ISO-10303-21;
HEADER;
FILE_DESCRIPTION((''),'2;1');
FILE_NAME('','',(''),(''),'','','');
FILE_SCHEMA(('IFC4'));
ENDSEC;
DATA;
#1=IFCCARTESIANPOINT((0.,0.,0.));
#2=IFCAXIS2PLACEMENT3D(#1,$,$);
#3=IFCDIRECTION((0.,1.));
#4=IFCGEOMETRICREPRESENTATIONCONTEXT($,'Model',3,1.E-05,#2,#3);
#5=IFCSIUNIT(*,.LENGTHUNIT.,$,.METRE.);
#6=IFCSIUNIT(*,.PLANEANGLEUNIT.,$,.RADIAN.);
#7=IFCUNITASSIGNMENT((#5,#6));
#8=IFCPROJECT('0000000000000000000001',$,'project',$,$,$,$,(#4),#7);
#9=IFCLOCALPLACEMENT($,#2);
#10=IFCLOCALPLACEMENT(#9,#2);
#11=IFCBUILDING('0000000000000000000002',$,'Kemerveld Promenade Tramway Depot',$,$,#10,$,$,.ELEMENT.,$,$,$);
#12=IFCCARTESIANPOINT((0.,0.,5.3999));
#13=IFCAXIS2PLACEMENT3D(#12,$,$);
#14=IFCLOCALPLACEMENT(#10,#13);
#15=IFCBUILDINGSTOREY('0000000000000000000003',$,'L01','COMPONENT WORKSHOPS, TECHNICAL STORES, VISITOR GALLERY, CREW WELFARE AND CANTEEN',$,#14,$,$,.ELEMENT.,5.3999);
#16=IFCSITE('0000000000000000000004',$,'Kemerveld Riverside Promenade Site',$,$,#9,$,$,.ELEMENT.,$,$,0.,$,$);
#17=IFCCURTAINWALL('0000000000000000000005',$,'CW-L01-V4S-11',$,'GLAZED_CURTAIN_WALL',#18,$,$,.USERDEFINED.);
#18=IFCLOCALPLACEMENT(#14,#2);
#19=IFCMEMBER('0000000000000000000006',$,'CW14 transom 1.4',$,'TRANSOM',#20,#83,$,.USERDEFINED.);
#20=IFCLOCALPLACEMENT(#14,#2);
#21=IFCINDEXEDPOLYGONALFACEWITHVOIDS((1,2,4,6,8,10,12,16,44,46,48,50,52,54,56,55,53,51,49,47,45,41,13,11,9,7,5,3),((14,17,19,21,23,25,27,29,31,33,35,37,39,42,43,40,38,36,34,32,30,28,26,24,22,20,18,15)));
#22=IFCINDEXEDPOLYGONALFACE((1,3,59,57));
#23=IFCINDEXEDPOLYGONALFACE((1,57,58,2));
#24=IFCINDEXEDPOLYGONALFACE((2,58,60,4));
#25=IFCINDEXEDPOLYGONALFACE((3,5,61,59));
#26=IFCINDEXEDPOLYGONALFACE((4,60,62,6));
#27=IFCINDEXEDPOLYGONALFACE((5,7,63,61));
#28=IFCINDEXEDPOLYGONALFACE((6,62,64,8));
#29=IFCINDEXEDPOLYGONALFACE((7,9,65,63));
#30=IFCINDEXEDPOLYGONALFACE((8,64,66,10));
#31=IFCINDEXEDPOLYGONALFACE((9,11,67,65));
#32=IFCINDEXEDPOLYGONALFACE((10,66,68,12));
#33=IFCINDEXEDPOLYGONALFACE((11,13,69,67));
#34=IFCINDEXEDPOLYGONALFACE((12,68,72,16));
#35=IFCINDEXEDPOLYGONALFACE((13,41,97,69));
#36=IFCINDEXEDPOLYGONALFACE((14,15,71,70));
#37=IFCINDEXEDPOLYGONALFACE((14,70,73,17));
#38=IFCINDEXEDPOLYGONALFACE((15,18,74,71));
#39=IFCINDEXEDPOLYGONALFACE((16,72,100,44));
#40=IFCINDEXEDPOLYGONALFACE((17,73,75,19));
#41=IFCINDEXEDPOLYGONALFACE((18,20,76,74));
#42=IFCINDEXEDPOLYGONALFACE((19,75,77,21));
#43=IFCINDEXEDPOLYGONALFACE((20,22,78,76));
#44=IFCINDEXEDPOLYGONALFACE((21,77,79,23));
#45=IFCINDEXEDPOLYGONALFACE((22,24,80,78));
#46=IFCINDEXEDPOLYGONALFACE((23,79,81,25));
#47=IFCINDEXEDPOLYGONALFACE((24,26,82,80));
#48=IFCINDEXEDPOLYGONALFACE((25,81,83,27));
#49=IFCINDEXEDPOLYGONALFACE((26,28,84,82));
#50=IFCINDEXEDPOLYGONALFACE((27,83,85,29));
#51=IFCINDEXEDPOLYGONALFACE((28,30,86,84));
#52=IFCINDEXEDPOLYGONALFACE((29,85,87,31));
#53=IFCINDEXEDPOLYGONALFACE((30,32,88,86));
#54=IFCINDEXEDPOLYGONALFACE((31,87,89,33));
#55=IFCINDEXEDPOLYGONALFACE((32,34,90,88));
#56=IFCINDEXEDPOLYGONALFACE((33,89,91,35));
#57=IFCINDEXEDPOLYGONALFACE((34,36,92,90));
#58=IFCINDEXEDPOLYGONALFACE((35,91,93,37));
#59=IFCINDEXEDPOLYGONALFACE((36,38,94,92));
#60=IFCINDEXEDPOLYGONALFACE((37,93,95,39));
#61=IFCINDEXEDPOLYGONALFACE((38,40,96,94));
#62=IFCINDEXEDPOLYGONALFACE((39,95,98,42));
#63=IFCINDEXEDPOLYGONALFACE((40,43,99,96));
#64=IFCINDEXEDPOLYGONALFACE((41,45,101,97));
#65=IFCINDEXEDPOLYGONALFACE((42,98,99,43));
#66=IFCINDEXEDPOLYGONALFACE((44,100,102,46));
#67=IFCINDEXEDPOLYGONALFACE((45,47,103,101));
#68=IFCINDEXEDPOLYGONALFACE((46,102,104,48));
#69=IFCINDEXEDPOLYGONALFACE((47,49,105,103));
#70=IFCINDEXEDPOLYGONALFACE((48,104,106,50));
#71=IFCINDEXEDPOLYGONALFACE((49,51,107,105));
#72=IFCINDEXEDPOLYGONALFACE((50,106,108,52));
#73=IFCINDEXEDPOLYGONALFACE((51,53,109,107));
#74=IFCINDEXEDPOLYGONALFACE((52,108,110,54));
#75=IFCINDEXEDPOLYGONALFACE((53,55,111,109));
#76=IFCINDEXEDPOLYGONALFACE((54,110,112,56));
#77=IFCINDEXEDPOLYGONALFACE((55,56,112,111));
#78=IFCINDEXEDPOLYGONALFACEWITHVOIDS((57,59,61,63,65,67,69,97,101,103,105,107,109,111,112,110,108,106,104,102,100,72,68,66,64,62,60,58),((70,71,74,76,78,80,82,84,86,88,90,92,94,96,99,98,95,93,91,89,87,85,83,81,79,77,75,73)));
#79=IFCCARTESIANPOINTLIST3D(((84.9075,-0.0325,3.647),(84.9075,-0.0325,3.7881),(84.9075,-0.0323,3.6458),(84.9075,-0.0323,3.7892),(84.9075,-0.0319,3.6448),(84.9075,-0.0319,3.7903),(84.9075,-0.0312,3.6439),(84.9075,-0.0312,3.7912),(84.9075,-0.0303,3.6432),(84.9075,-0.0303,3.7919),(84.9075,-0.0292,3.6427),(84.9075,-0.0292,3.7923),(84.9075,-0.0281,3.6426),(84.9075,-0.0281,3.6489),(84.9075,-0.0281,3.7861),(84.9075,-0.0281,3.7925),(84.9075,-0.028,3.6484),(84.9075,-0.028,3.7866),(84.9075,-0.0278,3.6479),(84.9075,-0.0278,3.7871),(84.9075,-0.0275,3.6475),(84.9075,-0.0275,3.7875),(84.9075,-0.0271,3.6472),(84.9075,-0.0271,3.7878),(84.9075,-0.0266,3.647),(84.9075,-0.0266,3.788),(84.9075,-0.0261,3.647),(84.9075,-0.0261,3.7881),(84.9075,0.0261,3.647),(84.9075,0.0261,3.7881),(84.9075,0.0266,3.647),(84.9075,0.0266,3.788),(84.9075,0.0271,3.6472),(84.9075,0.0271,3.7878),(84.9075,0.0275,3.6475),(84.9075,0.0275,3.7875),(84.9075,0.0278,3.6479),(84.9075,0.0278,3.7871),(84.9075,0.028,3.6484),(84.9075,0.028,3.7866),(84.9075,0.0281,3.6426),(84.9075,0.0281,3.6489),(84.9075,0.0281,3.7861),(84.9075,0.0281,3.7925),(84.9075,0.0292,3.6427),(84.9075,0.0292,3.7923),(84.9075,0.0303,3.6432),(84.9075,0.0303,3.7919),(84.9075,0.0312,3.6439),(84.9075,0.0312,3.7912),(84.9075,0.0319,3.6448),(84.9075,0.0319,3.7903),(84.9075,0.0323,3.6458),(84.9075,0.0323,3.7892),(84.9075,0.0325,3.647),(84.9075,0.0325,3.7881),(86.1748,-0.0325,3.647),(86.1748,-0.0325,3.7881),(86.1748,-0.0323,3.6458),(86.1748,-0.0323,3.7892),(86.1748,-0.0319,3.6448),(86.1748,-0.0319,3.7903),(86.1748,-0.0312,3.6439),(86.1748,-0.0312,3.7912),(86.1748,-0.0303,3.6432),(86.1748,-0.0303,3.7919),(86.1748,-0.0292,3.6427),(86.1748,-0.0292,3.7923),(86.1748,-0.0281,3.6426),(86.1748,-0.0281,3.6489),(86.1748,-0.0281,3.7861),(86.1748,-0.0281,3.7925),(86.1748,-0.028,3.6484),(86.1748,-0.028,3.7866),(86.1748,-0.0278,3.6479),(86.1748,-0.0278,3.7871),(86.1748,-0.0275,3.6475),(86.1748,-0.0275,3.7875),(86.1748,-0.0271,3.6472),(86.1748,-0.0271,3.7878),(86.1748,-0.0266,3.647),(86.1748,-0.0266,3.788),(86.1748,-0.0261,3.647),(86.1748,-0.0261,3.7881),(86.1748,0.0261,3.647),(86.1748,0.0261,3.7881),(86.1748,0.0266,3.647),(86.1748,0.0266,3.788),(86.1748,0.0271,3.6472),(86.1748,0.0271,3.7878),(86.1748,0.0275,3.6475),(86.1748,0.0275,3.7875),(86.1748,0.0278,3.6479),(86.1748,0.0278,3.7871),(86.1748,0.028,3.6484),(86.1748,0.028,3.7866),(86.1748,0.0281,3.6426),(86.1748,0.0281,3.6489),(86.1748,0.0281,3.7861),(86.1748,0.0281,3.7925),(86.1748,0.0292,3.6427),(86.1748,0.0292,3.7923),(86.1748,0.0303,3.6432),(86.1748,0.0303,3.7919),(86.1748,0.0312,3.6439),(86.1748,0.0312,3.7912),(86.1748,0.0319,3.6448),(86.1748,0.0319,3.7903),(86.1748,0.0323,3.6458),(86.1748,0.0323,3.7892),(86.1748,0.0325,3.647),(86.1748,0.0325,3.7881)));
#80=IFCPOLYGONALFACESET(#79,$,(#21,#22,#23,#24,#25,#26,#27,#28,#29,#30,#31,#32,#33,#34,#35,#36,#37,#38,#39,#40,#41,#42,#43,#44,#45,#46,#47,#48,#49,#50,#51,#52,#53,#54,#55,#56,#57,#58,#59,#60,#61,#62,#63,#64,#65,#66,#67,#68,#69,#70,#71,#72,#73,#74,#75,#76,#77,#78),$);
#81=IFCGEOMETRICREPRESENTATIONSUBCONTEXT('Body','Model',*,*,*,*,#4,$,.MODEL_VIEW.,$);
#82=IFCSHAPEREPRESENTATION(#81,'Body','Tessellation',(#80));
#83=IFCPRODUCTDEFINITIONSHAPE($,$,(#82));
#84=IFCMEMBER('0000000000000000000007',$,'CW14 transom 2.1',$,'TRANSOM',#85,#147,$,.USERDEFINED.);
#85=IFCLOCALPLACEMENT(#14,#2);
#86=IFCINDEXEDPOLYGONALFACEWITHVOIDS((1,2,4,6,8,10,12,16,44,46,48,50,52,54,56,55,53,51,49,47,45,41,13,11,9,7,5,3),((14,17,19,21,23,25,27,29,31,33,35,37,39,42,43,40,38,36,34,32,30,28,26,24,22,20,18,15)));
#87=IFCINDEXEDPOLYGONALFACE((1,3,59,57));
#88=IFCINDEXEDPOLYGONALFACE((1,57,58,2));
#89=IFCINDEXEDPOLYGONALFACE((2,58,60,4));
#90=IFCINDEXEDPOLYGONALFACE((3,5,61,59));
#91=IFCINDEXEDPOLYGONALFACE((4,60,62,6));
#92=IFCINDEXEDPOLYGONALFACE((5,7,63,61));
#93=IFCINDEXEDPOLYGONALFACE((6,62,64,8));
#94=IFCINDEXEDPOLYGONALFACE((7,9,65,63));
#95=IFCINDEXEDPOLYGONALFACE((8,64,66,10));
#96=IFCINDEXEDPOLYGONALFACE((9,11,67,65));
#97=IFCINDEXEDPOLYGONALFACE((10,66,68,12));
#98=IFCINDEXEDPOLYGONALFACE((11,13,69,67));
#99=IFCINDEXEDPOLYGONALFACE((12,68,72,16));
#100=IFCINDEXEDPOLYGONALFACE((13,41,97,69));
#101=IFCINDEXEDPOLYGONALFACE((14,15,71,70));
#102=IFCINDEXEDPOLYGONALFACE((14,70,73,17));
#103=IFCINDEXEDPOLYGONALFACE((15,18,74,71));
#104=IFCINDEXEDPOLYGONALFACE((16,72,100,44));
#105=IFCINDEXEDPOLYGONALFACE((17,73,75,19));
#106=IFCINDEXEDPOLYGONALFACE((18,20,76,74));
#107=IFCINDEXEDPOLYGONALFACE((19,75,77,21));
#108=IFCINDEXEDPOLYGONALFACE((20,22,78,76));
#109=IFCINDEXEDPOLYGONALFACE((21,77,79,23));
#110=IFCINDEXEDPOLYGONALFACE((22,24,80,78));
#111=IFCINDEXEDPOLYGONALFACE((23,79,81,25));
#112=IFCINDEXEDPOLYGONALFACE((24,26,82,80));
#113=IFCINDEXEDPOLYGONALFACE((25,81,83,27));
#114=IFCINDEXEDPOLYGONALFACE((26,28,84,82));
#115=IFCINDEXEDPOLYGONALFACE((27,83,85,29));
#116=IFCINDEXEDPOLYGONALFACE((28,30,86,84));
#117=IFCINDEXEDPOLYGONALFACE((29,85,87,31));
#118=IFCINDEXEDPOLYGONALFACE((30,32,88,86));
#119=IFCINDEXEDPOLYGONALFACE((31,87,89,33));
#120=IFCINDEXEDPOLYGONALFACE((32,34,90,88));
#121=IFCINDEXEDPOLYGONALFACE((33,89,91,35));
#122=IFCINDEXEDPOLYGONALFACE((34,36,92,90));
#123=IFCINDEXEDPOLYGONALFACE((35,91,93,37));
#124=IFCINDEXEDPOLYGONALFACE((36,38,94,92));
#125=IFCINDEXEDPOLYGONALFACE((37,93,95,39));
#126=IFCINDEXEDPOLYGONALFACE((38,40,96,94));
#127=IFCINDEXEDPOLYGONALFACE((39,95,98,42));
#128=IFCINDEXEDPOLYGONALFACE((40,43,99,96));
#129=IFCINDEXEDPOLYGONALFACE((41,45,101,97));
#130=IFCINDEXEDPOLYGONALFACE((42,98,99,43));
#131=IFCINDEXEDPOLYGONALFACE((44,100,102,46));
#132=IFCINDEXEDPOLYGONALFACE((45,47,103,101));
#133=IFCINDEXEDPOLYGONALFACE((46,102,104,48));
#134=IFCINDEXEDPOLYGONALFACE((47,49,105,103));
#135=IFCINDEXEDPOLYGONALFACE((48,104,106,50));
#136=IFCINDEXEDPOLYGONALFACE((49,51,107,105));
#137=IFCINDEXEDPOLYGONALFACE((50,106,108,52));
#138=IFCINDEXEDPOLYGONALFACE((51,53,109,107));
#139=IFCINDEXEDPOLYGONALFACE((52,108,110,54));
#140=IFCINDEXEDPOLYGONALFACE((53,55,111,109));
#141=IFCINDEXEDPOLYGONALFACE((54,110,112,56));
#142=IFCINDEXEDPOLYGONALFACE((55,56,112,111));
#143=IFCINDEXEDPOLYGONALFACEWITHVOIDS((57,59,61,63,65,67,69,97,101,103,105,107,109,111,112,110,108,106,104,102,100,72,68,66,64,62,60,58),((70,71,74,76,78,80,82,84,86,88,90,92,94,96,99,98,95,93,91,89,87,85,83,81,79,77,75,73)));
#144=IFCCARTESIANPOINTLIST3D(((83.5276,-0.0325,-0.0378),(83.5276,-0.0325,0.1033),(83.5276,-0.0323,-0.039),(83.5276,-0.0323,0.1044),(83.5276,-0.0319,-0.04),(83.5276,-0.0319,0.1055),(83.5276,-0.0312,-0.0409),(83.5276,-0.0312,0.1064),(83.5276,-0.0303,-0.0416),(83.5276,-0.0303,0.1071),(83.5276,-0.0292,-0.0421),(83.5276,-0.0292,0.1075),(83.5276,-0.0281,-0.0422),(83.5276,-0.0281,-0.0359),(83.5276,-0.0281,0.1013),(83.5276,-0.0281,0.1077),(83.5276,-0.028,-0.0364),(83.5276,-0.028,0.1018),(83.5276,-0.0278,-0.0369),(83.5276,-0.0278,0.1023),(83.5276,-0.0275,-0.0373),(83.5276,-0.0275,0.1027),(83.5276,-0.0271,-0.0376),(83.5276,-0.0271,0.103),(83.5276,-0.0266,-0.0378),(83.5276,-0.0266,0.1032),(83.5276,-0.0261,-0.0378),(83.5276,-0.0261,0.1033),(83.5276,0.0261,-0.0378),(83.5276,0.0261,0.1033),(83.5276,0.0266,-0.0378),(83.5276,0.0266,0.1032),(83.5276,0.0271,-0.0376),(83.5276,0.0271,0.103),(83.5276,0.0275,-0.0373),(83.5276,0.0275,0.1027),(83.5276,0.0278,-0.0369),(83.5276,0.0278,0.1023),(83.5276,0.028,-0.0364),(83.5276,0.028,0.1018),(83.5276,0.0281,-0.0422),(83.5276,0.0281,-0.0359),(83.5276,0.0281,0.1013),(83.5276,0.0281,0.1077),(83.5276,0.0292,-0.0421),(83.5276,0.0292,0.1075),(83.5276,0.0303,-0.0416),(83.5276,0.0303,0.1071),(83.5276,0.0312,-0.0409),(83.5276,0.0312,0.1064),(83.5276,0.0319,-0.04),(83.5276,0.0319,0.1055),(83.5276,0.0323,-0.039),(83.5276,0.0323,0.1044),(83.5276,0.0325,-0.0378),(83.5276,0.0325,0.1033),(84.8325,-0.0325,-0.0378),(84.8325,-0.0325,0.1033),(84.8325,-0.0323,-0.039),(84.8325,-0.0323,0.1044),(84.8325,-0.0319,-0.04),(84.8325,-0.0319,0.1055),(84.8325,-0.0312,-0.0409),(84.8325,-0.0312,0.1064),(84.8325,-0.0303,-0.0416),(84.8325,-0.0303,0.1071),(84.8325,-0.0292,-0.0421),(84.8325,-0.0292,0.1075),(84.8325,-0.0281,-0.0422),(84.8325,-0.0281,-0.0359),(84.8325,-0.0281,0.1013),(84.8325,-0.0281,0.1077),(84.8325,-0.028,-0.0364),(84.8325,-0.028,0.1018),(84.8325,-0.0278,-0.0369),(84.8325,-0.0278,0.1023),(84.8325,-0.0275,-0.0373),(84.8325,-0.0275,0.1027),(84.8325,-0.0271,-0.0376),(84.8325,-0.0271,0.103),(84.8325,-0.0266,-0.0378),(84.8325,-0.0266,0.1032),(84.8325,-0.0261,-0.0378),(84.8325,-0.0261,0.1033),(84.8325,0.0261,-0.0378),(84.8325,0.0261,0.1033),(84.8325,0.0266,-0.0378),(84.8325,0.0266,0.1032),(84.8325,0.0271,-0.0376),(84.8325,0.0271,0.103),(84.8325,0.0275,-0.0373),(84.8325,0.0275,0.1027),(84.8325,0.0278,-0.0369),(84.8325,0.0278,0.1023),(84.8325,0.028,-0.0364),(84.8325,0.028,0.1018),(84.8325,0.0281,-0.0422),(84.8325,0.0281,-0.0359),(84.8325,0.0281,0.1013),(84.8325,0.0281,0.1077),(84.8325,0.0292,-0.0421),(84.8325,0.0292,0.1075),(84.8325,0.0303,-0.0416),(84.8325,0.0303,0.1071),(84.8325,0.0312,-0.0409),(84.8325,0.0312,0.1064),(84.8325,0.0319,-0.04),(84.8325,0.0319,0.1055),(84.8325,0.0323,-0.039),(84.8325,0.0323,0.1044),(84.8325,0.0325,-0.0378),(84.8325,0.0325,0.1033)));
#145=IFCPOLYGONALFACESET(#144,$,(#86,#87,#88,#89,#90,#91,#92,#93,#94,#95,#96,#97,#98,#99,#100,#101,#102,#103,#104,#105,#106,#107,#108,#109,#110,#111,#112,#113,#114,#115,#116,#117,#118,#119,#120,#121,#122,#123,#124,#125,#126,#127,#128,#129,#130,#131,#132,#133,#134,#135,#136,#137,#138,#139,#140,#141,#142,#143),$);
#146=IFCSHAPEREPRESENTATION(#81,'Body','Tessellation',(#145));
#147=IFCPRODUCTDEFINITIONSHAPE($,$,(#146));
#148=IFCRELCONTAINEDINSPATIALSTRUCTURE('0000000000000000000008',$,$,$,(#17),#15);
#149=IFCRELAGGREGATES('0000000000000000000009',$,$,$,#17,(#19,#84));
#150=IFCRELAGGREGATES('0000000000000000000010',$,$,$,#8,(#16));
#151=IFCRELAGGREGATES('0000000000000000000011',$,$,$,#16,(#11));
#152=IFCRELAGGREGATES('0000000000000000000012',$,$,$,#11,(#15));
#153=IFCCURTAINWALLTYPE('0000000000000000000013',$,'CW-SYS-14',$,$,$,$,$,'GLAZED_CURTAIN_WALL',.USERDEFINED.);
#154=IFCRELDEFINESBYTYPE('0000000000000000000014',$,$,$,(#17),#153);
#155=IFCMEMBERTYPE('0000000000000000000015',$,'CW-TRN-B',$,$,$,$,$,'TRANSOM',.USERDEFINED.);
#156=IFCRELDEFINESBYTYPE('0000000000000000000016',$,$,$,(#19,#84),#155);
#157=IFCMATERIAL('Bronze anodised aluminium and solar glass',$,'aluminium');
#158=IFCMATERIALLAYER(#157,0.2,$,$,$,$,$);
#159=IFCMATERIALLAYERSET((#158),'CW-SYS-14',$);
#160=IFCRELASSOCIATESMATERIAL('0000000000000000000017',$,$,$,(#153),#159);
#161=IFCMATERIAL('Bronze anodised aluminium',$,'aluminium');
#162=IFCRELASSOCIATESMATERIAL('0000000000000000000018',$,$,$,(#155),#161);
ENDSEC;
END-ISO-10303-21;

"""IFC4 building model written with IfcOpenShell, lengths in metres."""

from ifc_helpers import new_model, si_unit, direction, frame, origin, origin_2d, place, context, subcontext, project, spatial, hollow_rectangle, extrude, material, layer, layer_set, material_profile, profile_set, type_object, element, aggregate, save


model = new_model("IFC4")

# Units and contexts
model_context = context("Model", 3, precision=1e-05, world=origin(), true_north=direction((0.0, 1.0)))
body_context = subcontext(model_context, "Body", "Model", "MODEL_VIEW")
ifc_project = project(units=[si_unit("LENGTHUNIT", "METRE"), si_unit("PLANEANGLEUNIT", "RADIAN")], contexts=[model_context])

# Site, building, storey
site_placement = place(None, origin())
site = spatial("IfcSite", under=ifc_project, at=site_placement, Name="Kemerveld Riverside Promenade Site", CompositionType="ELEMENT", RefElevation=0.0)
building_placement = place(site_placement, origin())
building = spatial("IfcBuilding", under=site, at=building_placement, Name="Kemerveld Promenade Tramway Depot", CompositionType="ELEMENT")
storey_placement = place(building_placement, frame((0.0, 0.0, 5.3999)))
storey = spatial("IfcBuildingStorey", under=building, at=storey_placement, Name="L01", Description="COMPONENT WORKSHOPS, TECHNICAL STORES, VISITOR GALLERY, CREW WELFARE AND CANTEEN", CompositionType="ELEMENT", Elevation=5.3999)

# Curtain wall, members
ifc_material_1 = material(Name="Bronze anodised aluminium and solar glass", Category="aluminium")
ifc_layer_1 = layer(ifc_material_1, 0.2)
ifc_layer_set_1 = layer_set([ifc_layer_1], Name="CW-SYS-14")
curtain_wall_type = type_object("IfcCurtainWallType", Name="CW-SYS-14", ElementType="GLAZED_CURTAIN_WALL", PredefinedType="USERDEFINED", material=ifc_layer_set_1)
curtain_wall_placement = place(storey_placement, origin())
curtain_wall = element("IfcCurtainWall", 1, at=curtain_wall_placement, inside=storey, type_object=curtain_wall_type, Name="CW-L01-V4S-11", ObjectType="GLAZED_CURTAIN_WALL", PredefinedType="USERDEFINED")
ifc_material_2 = material(Name="Bronze anodised aluminium", Category="aluminium")
ifc_material_profile_1 = material_profile(ifc_material_2, hollow_rectangle(XDim=0.0649, YDim=0.1499, WallThickness=0.0044, InnerFilletRadius=0.002, OuterFilletRadius=0.0044, at=origin_2d()), Name="CW-TRN-150x65")
ifc_profile_set_1 = profile_set([ifc_material_profile_1], Name="Bronze anodised aluminium")
member_type_1 = type_object("IfcMemberType", Name="CW-TRN-B", ElementType="TRANSOM", PredefinedType="USERDEFINED", material=ifc_profile_set_1)
member_1_placement = place(storey_placement, frame((86.1748, 0.0, 3.7175), z_axis=(-1.0, 0.0, 0.0), x_axis=(0.0, -1.0, 0.0)))
member_1 = element("IfcMember", 2, at=member_1_placement, type_object=member_type_1, Name="CW14 transom 1.4", ObjectType="TRANSOM", PredefinedType="USERDEFINED", context=body_context, shape_type="SweptSolid", body=[
    extrude(hollow_rectangle(XDim=0.0649, YDim=0.1499, WallThickness=0.0044, InnerFilletRadius=0.002, OuterFilletRadius=0.0044, at=origin_2d()), origin(), (0.0, 0.0, 1.0), 1.2673),
])
member_2_placement = place(storey_placement, frame((84.8325, 0.0, 0.0327), z_axis=(-1.0, 0.0, 0.0), x_axis=(0.0, -1.0, 0.0)))
member_2 = element("IfcMember", 3, at=member_2_placement, type_object=member_type_1, Name="CW14 transom 2.1", ObjectType="TRANSOM", PredefinedType="USERDEFINED", context=body_context, shape_type="SweptSolid", body=[
    extrude(hollow_rectangle(XDim=0.0649, YDim=0.1499, WallThickness=0.0044, InnerFilletRadius=0.002, OuterFilletRadius=0.0044, at=origin_2d()), origin(), (0.0, 0.0, 1.0), 1.3049),
])
aggregate(curtain_wall, [member_1, member_2])

save(model, "model.ifc")
